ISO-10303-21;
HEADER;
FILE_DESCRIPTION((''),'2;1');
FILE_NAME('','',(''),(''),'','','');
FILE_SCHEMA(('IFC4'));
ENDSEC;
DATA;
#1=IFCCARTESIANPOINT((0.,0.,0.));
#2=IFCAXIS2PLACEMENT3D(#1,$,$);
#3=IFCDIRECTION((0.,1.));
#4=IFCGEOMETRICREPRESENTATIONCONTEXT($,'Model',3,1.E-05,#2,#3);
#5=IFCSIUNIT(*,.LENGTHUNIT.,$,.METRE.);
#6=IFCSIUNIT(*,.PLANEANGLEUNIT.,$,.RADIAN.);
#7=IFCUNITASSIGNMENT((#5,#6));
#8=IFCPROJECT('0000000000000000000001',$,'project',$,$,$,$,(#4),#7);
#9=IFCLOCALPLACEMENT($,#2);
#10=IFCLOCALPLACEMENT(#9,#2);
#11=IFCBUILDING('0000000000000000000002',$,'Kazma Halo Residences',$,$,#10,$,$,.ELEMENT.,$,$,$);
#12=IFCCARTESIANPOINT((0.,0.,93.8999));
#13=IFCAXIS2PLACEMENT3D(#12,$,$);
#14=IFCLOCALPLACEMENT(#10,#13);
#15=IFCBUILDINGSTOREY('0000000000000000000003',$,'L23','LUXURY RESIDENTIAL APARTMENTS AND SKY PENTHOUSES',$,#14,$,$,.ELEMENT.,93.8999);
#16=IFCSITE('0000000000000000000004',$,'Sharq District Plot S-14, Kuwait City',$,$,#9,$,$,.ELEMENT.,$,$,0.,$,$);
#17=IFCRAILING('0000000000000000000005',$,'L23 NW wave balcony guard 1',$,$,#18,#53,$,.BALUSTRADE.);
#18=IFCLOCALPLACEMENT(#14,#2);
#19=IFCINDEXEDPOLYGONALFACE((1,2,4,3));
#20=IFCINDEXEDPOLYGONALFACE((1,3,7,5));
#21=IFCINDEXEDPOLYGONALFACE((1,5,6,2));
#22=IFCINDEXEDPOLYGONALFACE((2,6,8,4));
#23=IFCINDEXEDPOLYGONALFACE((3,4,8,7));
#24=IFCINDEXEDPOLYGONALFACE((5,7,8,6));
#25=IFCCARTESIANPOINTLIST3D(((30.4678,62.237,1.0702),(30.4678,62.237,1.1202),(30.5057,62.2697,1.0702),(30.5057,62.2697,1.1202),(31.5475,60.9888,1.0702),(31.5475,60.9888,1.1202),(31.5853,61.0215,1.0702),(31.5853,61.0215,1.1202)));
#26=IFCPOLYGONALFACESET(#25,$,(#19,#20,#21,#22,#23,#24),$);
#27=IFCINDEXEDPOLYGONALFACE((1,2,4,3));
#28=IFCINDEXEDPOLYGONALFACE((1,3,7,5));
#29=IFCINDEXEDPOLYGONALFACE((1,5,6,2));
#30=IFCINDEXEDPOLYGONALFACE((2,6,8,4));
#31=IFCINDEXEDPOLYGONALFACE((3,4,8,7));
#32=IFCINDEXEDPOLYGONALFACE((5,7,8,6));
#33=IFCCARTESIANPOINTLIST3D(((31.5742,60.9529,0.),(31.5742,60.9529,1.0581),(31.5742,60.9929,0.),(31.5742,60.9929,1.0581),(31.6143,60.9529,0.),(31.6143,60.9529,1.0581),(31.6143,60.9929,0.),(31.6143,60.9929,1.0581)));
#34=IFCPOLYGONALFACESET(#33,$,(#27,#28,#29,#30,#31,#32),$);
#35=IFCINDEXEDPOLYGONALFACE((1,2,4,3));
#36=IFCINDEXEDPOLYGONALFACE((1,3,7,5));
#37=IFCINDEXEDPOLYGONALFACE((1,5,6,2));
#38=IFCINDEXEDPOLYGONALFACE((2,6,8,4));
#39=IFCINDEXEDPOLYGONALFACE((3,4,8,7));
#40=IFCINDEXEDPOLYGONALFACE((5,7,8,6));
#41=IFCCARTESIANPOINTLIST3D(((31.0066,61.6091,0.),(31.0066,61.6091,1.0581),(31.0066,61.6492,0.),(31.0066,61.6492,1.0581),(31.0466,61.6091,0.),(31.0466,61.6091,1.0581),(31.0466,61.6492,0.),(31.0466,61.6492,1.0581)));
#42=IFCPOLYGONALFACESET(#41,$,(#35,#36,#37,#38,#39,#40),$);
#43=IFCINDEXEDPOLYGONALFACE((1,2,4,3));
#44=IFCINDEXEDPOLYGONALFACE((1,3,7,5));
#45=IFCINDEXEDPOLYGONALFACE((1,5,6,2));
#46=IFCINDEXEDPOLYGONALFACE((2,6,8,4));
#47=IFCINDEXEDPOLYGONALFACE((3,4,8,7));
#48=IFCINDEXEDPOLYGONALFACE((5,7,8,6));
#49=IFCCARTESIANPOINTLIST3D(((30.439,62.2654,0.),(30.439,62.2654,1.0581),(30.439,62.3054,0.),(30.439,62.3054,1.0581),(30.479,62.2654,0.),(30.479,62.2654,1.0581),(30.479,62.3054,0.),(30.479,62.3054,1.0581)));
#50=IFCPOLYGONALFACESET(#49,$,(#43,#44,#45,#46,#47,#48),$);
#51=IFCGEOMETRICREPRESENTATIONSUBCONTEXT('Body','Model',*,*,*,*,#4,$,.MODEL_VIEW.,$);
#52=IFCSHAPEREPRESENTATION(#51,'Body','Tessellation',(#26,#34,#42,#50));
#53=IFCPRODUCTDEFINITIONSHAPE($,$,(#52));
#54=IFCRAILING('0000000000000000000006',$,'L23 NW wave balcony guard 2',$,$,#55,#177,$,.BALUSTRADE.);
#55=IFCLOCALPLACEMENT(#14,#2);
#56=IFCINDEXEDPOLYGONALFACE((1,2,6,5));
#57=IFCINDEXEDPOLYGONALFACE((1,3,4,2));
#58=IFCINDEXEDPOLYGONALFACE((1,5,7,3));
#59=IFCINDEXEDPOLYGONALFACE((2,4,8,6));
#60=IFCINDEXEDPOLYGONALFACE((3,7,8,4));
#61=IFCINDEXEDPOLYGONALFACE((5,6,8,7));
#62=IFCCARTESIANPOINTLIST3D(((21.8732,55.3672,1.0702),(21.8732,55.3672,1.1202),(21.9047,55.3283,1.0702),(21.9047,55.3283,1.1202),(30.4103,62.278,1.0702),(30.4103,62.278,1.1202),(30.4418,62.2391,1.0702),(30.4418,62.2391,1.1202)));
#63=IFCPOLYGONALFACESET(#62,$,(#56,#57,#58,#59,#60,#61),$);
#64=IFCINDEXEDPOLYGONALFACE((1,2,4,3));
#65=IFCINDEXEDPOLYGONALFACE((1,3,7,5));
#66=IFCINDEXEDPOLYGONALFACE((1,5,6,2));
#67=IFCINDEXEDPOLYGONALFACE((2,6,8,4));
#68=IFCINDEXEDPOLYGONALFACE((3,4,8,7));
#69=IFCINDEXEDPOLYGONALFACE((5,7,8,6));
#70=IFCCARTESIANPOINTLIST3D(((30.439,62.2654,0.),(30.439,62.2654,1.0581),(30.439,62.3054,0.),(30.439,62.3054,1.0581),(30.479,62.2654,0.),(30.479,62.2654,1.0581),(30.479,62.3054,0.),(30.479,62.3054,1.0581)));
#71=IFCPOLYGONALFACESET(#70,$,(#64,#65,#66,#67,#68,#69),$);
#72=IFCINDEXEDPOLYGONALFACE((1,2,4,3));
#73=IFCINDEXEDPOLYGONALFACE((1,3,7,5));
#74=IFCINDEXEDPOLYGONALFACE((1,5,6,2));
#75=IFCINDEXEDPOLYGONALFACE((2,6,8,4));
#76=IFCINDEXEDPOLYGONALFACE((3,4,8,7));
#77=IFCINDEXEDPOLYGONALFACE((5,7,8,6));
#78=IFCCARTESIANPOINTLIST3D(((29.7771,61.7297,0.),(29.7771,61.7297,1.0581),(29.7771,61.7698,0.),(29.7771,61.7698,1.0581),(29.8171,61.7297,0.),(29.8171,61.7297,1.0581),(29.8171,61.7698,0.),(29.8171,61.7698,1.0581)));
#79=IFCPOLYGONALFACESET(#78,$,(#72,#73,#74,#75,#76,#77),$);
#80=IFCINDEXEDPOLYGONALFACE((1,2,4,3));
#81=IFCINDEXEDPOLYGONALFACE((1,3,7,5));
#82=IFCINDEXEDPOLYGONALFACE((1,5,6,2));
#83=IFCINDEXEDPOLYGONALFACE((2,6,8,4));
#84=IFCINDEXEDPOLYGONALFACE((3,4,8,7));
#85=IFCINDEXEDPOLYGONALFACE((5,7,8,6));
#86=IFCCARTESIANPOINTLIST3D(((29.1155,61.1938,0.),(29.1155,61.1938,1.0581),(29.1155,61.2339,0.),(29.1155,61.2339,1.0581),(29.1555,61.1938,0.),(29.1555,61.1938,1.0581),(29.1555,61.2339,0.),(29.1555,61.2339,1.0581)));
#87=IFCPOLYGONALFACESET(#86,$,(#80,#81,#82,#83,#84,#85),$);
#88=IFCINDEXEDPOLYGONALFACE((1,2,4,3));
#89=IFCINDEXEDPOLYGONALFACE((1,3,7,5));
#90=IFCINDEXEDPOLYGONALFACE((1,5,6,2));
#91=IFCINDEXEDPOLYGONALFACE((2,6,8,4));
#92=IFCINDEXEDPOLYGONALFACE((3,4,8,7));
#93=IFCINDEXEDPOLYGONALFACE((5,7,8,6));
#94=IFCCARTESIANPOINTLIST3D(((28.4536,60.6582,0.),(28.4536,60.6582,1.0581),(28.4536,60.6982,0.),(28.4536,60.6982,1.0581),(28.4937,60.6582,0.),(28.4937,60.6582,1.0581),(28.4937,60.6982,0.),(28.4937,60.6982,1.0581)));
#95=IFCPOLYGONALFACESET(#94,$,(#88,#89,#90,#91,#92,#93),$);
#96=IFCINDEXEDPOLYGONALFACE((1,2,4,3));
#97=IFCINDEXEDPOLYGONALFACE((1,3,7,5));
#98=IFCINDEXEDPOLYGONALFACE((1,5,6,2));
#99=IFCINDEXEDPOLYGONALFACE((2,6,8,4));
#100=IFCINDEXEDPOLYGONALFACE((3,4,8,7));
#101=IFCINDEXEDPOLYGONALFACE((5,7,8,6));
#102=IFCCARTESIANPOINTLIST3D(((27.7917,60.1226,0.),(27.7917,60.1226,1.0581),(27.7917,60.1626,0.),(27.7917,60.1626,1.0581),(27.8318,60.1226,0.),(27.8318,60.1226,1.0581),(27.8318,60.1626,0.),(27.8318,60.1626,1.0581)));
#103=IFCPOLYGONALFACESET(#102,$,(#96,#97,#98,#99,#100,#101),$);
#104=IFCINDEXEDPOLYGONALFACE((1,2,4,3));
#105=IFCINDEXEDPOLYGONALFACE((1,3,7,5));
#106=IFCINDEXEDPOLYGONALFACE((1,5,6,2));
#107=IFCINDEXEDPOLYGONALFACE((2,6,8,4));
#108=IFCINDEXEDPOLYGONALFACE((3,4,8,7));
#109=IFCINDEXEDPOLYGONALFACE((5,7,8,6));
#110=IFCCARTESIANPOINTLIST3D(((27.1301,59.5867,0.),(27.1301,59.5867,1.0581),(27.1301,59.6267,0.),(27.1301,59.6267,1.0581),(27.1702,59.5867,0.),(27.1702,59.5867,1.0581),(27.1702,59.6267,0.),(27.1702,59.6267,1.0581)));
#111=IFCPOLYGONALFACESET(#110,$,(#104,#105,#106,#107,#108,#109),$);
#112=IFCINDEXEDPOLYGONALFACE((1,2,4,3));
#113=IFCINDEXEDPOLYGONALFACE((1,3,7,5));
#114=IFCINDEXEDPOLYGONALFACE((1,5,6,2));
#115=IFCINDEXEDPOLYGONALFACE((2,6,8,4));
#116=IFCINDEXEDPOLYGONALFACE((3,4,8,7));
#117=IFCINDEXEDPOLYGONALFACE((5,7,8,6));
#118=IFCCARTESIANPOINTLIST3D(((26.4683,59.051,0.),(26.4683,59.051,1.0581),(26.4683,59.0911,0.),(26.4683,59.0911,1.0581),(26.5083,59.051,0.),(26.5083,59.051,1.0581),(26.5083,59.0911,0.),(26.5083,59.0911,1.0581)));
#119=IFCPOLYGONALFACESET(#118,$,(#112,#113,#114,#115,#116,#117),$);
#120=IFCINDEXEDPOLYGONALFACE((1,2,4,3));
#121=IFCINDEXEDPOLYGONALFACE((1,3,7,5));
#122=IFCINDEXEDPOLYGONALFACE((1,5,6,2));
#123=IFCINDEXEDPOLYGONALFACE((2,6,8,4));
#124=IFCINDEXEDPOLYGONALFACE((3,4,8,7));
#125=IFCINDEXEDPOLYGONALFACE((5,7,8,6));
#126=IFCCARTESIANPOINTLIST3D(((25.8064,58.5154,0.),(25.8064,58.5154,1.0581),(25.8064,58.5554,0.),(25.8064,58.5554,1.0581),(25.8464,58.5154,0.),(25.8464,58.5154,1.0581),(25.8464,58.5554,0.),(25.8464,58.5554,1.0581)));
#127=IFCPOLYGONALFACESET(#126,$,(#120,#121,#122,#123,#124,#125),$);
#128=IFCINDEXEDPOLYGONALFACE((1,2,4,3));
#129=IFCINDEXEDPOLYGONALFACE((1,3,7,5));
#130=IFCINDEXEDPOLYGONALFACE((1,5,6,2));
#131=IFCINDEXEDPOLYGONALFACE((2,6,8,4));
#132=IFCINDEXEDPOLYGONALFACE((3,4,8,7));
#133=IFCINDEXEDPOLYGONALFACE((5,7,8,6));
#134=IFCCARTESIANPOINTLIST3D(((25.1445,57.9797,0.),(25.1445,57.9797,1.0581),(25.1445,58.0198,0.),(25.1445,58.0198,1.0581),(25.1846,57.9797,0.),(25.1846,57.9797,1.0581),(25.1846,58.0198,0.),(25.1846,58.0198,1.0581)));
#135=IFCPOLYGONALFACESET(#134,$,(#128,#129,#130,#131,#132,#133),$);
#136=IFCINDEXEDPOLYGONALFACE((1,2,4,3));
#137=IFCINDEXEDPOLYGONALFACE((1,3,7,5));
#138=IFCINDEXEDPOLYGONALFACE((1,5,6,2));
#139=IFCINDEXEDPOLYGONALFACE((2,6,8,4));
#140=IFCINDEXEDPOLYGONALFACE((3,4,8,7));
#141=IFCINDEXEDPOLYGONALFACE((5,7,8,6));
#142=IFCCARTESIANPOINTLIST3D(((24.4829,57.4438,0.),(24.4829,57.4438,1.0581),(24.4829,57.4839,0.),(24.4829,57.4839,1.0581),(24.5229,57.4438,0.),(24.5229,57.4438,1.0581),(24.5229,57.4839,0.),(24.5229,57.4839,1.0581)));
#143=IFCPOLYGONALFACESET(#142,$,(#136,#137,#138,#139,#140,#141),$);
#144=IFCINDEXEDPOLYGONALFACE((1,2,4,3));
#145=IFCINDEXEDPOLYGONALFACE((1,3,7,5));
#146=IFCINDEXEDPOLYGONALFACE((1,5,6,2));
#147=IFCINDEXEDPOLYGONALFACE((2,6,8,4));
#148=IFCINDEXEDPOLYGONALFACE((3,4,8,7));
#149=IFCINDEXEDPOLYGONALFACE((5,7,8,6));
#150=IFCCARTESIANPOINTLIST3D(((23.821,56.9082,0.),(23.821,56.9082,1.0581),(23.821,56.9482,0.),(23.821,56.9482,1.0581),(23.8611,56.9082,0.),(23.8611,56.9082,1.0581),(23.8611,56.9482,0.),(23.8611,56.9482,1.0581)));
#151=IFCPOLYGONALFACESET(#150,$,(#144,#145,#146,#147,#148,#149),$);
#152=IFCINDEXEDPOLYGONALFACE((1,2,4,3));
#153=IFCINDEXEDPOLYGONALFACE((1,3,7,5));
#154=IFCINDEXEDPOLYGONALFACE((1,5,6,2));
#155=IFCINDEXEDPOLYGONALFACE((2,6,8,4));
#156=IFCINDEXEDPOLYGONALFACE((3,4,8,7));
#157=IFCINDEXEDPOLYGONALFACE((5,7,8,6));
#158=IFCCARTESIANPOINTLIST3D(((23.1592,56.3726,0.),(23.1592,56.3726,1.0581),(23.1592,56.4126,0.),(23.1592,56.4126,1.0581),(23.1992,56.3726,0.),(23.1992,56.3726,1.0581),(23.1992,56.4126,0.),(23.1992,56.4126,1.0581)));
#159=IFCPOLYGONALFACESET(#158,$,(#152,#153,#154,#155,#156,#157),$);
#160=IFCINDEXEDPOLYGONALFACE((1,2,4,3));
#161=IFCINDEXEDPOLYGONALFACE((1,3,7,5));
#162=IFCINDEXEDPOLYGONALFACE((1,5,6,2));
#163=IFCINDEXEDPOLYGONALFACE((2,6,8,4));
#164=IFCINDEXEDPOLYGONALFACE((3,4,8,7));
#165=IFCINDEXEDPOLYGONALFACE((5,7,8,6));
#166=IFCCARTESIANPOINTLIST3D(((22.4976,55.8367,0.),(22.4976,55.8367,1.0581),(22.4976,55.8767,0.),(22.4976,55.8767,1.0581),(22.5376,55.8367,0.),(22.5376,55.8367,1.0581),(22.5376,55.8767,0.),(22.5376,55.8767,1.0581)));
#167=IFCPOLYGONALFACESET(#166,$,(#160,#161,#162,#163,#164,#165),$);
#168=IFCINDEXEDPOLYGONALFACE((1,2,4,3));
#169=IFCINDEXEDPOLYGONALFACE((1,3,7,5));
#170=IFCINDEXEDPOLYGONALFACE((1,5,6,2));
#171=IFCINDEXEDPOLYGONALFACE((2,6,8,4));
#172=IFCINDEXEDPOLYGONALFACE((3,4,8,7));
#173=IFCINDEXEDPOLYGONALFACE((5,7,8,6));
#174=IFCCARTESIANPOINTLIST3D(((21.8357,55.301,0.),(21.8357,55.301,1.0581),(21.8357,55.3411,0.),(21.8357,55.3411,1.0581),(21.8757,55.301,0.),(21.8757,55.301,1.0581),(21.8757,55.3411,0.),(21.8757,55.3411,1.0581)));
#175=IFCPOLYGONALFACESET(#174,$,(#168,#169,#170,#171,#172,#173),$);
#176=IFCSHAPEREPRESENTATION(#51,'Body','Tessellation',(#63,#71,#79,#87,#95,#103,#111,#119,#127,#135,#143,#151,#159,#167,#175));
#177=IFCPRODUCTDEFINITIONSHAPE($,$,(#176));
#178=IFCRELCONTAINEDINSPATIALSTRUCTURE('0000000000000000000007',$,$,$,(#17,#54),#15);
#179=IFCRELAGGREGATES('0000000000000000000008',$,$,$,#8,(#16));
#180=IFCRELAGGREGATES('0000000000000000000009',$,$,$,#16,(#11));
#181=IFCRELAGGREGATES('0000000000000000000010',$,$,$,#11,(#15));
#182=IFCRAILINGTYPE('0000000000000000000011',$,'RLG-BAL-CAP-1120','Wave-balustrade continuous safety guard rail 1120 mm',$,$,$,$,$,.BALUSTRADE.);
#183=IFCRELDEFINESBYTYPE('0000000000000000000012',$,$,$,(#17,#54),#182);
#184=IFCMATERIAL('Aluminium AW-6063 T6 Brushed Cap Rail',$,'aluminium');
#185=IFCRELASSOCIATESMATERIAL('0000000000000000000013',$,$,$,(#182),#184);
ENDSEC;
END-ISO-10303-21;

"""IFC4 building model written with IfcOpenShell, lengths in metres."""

from ifc_helpers import new_model, si_unit, direction, frame, origin, origin_2d, place, context, subcontext, project, spatial, rectangle, extrude, material, type_object, element, save


model = new_model("IFC4")

# Units and contexts
model_context = context("Model", 3, precision=1e-05, world=origin(), true_north=direction((0.0, 1.0)))
body_context = subcontext(model_context, "Body", "Model", "MODEL_VIEW")
ifc_project = project(units=[si_unit("LENGTHUNIT", "METRE"), si_unit("PLANEANGLEUNIT", "RADIAN")], contexts=[model_context])

# Site, building, storey
site_placement = place(None, origin())
site = spatial("IfcSite", under=ifc_project, at=site_placement, Name="Sharq District Plot S-14, Kuwait City", CompositionType="ELEMENT", RefElevation=0.0)
building_placement = place(site_placement, origin())
building = spatial("IfcBuilding", under=site, at=building_placement, Name="Kazma Halo Residences", CompositionType="ELEMENT")
storey_placement = place(building_placement, frame((0.0, 0.0, 93.8999)))
storey = spatial("IfcBuildingStorey", under=building, at=storey_placement, Name="L23", Description="LUXURY RESIDENTIAL APARTMENTS AND SKY PENTHOUSES", CompositionType="ELEMENT", Elevation=93.8999)

# Railings
ifc_material_1 = material(Name="Aluminium AW-6063 T6 Brushed Cap Rail", Category="aluminium")
railing_type = type_object("IfcRailingType", Name="RLG-BAL-CAP-1120", Description="Wave-balustrade continuous safety guard rail 1120 mm", PredefinedType="BALUSTRADE", material=ifc_material_1)
railing_1_placement = place(storey_placement, frame((31.5942, 60.9729, 0.0)))
element("IfcRailing", 1, at=railing_1_placement, inside=storey, type_object=railing_type, Name="L23 NW wave balcony guard 1", PredefinedType="BALUSTRADE", context=body_context, shape_type="SweptSolid", body=[
    extrude(rectangle(XDim=0.05, YDim=0.05, at=origin_2d()), frame((-0.0278, 0.0322, 1.0952), z_axis=(-0.654191, 0.756329, 0.0), x_axis=(-0.756329, -0.654191, 0.0)), (0.0, 0.0, 1.0), 1.6504),
    extrude(rectangle(XDim=0.04, YDim=0.04, at=origin_2d()), origin(), (0.0, 0.0, 1.0), 1.0581),
    extrude(rectangle(XDim=0.04, YDim=0.04, at=origin_2d()), frame((-0.5676, 0.6562, 0.0)), (0.0, 0.0, 1.0), 1.0581),
    extrude(rectangle(XDim=0.04, YDim=0.04, at=origin_2d()), frame((-1.1353, 1.3125, 0.0)), (0.0, 0.0, 1.0), 1.0581),
])
railing_2_placement = place(storey_placement, frame((30.459, 62.2854, 0.0)))
element("IfcRailing", 2, at=railing_2_placement, inside=storey, type_object=railing_type, Name="L23 NW wave balcony guard 2", PredefinedType="BALUSTRADE", context=body_context, shape_type="SweptSolid", body=[
    extrude(rectangle(XDim=0.05, YDim=0.05, at=origin_2d()), frame((-0.033, -0.0269, 1.0952), z_axis=(-0.777254, -0.629187, 0.0), x_axis=(0.629187, -0.777254, 0.0)), (0.0, 0.0, 1.0), 10.9836),
    extrude(rectangle(XDim=0.04, YDim=0.04, at=origin_2d()), origin(), (0.0, 0.0, 1.0), 1.0581),
    extrude(rectangle(XDim=0.04, YDim=0.04, at=origin_2d()), frame((-0.6619, -0.5356, 0.0)), (0.0, 0.0, 1.0), 1.0581),
    extrude(rectangle(XDim=0.04, YDim=0.04, at=origin_2d()), frame((-1.3235, -1.0715, 0.0)), (0.0, 0.0, 1.0), 1.0581),
    extrude(rectangle(XDim=0.04, YDim=0.04, at=origin_2d()), frame((-1.9854, -1.6072, 0.0)), (0.0, 0.0, 1.0), 1.0581),
    extrude(rectangle(XDim=0.04, YDim=0.04, at=origin_2d()), frame((-2.6472, -2.1428, 0.0)), (0.0, 0.0, 1.0), 1.0581),
    extrude(rectangle(XDim=0.04, YDim=0.04, at=origin_2d()), frame((-3.3088, -2.6787, 0.0)), (0.0, 0.0, 1.0), 1.0581),
    extrude(rectangle(XDim=0.04, YDim=0.04, at=origin_2d()), frame((-3.9707, -3.2144, 0.0)), (0.0, 0.0, 1.0), 1.0581),
    extrude(rectangle(XDim=0.04, YDim=0.04, at=origin_2d()), frame((-4.6326, -3.75, 0.0)), (0.0, 0.0, 1.0), 1.0581),
    extrude(rectangle(XDim=0.04, YDim=0.04, at=origin_2d()), frame((-5.2944, -4.2856, 0.0)), (0.0, 0.0, 1.0), 1.0581),
    extrude(rectangle(XDim=0.04, YDim=0.04, at=origin_2d()), frame((-5.9561, -4.8215, 0.0)), (0.0, 0.0, 1.0), 1.0581),
    extrude(rectangle(XDim=0.04, YDim=0.04, at=origin_2d()), frame((-6.6179, -5.3572, 0.0)), (0.0, 0.0, 1.0), 1.0581),
    extrude(rectangle(XDim=0.04, YDim=0.04, at=origin_2d()), frame((-7.2798, -5.8928, 0.0)), (0.0, 0.0, 1.0), 1.0581),
    extrude(rectangle(XDim=0.04, YDim=0.04, at=origin_2d()), frame((-7.9414, -6.4287, 0.0)), (0.0, 0.0, 1.0), 1.0581),
    extrude(rectangle(XDim=0.04, YDim=0.04, at=origin_2d()), frame((-8.6033, -6.9644, 0.0)), (0.0, 0.0, 1.0), 1.0581),
])

save(model, "model.ifc")
